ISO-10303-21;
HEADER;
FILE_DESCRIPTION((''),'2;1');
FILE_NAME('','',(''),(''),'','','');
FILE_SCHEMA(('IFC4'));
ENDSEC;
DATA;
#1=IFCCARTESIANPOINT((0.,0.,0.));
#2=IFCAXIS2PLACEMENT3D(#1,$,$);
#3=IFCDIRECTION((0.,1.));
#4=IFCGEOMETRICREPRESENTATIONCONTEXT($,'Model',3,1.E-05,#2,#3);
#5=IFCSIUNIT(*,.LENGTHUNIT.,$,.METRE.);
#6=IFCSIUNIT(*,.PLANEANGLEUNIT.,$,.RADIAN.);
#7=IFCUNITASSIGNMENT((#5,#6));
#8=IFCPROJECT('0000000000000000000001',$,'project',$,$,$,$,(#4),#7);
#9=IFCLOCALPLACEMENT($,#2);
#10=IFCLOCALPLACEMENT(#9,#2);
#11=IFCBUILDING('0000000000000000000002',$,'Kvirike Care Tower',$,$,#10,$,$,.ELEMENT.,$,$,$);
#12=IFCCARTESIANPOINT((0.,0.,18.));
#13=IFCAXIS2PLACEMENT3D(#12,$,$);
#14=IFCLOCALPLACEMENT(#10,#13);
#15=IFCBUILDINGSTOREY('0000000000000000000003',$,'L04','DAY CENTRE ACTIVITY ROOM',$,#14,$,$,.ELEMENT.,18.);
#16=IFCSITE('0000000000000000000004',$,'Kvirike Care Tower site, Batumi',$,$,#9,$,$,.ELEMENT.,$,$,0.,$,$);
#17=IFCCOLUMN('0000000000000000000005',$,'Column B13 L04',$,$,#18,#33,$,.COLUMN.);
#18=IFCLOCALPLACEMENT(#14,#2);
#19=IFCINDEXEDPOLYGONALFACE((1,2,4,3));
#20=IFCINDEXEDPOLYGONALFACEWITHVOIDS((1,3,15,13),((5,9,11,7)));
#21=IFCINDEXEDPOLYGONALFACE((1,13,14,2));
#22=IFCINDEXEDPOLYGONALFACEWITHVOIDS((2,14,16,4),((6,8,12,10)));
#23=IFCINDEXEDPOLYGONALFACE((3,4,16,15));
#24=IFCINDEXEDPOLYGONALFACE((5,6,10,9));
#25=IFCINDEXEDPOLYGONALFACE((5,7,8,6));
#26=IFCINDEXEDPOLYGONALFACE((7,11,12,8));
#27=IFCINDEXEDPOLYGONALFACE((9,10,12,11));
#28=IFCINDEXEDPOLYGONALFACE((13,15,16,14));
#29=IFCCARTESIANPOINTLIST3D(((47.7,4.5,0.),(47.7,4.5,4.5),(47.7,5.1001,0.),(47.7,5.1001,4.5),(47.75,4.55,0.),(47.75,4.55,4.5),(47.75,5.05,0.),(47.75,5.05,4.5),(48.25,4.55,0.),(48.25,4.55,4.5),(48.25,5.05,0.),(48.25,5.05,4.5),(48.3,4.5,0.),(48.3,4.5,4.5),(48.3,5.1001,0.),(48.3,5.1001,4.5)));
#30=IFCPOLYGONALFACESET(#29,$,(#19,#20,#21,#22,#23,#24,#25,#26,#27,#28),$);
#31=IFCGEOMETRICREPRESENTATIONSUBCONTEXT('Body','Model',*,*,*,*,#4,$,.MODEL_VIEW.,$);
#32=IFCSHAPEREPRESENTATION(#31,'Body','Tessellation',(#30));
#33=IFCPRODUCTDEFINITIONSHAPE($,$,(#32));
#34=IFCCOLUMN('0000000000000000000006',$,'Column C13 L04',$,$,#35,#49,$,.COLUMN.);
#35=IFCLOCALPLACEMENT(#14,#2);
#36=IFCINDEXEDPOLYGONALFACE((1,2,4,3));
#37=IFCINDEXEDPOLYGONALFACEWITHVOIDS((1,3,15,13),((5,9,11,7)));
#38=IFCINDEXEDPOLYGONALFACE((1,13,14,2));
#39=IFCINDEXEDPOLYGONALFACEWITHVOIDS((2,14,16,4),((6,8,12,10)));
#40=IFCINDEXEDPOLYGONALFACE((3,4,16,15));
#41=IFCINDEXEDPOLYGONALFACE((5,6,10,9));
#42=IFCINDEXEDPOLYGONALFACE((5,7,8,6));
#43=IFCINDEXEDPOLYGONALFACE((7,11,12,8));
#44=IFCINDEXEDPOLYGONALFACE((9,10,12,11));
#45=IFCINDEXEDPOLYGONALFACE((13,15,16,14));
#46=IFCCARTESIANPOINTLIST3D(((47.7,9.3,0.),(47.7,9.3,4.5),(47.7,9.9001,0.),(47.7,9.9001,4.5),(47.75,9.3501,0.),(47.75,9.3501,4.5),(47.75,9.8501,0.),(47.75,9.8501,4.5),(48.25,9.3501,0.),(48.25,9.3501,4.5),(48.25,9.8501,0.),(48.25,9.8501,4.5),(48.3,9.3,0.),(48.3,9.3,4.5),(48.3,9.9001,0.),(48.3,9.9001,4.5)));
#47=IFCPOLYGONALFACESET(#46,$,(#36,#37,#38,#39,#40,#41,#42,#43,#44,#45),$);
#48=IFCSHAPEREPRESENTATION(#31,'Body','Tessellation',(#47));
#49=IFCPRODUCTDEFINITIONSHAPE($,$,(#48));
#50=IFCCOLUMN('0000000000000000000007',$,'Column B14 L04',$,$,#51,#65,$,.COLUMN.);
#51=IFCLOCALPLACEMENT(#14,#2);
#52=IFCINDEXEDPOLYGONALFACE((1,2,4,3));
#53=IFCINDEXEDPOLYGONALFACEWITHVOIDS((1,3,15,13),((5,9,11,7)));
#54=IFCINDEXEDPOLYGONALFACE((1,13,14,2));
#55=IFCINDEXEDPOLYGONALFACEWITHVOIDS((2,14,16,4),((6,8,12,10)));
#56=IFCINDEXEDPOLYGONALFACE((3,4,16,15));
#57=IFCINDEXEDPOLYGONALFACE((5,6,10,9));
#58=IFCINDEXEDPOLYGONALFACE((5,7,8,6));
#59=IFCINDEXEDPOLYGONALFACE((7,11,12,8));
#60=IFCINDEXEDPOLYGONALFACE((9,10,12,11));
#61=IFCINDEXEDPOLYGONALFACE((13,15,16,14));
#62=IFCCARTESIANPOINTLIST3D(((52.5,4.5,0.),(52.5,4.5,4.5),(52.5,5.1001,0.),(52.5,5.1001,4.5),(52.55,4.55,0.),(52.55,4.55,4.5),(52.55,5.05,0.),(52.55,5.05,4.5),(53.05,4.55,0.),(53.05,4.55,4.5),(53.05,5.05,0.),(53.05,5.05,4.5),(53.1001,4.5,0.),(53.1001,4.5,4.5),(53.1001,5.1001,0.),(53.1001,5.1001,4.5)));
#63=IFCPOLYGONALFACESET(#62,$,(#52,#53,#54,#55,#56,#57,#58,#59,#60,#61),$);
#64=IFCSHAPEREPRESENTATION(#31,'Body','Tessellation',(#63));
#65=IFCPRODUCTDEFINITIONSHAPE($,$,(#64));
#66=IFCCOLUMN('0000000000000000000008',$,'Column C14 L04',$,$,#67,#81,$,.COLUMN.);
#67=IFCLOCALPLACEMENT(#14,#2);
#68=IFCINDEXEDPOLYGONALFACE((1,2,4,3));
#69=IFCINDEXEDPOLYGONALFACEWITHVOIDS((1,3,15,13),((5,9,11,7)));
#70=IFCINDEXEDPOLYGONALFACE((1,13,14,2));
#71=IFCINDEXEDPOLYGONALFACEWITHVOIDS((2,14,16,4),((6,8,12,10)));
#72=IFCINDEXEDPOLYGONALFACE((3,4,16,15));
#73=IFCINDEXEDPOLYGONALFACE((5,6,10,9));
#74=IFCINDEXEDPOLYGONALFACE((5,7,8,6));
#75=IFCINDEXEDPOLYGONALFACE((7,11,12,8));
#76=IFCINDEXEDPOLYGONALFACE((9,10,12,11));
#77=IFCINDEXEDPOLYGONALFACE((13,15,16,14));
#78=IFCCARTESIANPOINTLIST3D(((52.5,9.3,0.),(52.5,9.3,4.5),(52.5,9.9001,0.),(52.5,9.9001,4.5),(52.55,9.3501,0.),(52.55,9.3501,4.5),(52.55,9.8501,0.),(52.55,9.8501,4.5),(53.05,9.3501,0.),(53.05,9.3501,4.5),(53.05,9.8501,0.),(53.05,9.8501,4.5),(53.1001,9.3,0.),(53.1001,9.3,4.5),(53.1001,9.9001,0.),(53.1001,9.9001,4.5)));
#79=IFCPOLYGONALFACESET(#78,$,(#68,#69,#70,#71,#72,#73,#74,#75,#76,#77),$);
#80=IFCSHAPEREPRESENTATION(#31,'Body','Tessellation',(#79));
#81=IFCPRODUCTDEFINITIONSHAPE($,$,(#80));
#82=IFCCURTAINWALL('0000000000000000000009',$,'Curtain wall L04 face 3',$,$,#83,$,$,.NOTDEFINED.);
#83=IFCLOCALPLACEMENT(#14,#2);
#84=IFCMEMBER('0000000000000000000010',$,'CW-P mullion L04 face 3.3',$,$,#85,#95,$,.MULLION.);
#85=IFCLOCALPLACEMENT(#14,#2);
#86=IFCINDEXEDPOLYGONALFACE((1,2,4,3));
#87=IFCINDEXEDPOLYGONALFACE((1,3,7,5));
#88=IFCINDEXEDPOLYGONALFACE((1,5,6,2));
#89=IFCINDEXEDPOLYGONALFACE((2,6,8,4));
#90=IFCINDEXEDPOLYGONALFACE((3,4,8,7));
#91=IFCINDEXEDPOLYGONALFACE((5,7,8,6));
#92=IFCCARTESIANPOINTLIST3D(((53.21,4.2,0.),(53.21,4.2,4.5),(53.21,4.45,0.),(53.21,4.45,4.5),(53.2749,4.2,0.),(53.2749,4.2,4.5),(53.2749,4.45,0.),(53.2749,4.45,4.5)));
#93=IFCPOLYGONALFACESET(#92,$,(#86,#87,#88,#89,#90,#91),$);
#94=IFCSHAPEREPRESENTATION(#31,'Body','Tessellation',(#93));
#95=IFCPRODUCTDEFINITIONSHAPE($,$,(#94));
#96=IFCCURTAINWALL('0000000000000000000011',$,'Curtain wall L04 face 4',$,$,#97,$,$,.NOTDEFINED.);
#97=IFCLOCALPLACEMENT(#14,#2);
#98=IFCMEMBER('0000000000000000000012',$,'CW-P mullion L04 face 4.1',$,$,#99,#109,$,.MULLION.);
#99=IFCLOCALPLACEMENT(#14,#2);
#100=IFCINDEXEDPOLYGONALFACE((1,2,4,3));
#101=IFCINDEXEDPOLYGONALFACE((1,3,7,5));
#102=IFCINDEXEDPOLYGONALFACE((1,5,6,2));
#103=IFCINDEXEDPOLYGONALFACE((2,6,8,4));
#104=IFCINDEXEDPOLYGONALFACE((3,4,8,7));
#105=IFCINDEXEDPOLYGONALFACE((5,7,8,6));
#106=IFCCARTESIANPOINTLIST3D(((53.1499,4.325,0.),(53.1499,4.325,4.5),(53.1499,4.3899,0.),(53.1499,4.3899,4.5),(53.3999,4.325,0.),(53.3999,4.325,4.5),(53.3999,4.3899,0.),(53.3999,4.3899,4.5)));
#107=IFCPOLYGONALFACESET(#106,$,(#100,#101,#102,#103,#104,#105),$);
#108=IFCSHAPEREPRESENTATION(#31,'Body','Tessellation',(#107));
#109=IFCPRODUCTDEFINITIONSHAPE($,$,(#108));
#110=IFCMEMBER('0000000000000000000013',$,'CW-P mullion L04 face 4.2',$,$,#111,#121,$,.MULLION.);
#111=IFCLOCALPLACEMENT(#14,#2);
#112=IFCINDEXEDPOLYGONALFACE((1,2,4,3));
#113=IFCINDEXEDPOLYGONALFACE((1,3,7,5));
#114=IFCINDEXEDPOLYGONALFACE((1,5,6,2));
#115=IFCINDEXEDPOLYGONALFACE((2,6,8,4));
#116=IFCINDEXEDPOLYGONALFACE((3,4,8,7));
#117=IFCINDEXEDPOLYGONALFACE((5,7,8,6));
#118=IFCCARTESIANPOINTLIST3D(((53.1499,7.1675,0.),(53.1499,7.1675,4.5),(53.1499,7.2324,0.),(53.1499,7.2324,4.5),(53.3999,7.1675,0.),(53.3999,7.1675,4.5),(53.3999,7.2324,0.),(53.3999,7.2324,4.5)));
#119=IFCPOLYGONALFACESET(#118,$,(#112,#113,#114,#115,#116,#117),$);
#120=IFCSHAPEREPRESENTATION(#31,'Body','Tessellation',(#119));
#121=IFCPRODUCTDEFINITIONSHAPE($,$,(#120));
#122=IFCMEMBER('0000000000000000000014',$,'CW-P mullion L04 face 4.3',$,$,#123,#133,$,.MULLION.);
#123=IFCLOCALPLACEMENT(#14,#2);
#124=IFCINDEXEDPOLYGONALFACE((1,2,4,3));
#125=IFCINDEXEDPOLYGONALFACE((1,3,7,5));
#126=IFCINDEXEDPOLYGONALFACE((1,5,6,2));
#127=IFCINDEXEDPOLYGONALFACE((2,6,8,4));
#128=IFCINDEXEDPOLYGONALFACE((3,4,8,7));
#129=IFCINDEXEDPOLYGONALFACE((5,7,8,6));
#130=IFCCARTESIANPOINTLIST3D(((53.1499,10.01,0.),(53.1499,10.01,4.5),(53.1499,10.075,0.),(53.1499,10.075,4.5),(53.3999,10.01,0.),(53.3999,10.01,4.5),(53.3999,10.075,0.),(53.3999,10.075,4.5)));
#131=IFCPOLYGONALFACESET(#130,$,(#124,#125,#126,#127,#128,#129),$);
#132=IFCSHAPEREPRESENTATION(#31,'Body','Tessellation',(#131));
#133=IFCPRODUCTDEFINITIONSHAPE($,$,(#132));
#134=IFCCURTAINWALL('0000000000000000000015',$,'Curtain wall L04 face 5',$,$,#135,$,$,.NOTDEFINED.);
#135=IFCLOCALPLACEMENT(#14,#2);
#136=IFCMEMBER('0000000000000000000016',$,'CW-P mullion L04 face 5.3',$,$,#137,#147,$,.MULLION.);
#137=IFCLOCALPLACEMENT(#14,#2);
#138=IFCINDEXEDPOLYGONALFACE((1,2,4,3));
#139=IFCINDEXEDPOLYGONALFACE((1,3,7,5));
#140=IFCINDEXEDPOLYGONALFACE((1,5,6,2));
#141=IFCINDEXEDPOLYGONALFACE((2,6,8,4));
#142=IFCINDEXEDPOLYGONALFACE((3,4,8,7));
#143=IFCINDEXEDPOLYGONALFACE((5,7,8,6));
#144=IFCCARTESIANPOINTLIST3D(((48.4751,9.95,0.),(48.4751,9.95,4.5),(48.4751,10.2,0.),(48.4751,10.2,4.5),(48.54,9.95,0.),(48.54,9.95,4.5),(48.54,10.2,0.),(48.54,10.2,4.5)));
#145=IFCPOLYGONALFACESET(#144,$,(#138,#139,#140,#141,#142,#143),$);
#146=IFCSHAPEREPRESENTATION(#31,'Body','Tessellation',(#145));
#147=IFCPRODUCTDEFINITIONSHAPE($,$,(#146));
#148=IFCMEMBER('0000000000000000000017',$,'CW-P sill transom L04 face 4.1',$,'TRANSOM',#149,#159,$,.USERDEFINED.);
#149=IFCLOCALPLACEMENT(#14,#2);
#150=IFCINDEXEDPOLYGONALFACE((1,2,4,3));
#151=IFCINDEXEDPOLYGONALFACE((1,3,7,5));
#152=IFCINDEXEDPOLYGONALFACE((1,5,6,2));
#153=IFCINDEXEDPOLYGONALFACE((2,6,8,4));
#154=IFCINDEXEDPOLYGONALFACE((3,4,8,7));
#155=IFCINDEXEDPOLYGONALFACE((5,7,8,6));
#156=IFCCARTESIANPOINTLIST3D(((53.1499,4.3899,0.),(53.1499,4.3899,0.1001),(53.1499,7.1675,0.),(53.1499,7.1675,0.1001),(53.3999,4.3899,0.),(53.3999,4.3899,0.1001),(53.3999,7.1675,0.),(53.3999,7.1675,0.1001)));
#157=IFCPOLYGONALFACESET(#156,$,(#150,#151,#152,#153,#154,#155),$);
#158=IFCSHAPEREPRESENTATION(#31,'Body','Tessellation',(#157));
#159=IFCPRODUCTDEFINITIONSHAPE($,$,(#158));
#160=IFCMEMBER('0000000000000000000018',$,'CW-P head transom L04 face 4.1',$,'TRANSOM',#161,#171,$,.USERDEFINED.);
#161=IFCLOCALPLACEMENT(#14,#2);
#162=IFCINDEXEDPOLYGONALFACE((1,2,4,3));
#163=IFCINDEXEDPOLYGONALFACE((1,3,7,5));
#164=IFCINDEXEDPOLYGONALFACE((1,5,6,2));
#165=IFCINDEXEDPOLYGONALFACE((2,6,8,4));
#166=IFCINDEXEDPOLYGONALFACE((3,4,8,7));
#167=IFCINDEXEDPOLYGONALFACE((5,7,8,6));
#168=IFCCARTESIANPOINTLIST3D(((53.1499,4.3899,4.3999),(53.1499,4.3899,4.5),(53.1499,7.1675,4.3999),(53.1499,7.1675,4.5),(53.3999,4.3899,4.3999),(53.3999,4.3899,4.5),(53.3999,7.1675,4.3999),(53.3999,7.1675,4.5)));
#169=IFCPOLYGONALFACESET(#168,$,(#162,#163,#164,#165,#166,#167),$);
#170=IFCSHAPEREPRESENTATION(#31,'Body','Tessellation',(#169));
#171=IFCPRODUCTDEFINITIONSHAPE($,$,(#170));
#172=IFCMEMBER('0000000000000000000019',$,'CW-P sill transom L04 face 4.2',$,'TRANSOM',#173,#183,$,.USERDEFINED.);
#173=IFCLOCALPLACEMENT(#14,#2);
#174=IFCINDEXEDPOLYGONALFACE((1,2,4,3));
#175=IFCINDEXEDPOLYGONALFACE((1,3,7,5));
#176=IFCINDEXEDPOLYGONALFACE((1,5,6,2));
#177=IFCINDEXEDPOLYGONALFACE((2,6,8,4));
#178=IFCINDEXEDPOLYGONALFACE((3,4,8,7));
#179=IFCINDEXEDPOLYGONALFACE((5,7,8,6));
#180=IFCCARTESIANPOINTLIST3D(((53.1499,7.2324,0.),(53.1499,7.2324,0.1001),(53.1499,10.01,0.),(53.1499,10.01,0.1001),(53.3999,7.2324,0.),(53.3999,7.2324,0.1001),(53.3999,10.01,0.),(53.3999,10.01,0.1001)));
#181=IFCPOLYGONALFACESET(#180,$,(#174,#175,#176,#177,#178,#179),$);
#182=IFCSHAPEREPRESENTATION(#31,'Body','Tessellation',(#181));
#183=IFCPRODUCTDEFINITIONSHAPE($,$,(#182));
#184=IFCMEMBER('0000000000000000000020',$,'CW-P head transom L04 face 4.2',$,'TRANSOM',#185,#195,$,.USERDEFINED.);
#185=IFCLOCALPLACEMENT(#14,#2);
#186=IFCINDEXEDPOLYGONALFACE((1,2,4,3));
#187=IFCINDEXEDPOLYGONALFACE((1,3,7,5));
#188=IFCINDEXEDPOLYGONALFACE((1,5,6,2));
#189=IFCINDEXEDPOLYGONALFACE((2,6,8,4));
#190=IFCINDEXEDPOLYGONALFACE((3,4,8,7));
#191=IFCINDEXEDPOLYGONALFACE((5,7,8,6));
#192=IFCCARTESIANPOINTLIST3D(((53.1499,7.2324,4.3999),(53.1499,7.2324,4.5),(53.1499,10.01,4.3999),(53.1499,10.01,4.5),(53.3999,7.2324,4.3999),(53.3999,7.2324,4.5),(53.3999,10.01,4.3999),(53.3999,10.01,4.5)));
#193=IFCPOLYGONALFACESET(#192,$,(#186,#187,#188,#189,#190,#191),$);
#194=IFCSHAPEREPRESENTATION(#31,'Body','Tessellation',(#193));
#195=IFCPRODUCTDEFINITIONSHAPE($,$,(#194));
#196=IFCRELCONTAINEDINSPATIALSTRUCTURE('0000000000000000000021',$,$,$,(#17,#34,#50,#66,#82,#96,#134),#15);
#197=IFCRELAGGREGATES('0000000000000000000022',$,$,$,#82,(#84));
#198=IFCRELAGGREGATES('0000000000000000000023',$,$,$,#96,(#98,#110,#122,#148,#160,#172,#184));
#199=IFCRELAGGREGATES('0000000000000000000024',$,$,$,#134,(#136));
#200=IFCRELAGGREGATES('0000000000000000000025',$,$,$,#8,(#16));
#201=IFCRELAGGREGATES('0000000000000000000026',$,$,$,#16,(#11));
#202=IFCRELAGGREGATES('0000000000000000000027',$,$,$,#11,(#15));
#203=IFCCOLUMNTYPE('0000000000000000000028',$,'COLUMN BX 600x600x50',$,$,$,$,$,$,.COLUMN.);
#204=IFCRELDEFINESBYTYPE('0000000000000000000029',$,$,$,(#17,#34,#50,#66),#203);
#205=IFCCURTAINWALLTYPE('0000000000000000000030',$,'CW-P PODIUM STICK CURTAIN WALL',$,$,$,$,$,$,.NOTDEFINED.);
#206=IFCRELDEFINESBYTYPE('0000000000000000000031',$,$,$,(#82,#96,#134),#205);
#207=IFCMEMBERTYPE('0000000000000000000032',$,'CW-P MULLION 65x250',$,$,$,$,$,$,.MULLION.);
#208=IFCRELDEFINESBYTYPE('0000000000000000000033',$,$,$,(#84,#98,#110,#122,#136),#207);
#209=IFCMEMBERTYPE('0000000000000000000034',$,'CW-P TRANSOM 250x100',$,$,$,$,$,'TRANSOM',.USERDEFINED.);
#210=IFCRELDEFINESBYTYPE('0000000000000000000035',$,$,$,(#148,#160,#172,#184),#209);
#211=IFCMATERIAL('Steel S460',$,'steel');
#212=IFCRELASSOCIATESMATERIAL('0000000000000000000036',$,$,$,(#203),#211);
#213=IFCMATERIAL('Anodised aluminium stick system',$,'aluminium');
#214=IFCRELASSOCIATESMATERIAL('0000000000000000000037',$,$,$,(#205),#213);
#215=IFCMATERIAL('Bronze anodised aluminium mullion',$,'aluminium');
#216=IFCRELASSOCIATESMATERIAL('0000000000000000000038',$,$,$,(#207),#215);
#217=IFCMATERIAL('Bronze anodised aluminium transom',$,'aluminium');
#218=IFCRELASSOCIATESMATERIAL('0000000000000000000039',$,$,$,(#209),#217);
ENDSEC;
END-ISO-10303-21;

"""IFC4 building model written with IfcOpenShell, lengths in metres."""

from ifc_helpers import new_model, si_unit, direction, frame, origin, origin_2d, place, context, subcontext, project, spatial, rectangle, hollow_rectangle, extrude, material, material_profile, profile_set, type_object, element, aggregate, save


model = new_model("IFC4")

# Units and contexts
model_context = context("Model", 3, precision=1e-05, world=origin(), true_north=direction((0.0, 1.0)))
body_context = subcontext(model_context, "Body", "Model", "MODEL_VIEW")
ifc_project = project(units=[si_unit("LENGTHUNIT", "METRE"), si_unit("PLANEANGLEUNIT", "RADIAN")], contexts=[model_context])

# Site, building, storey
site_placement = place(None, origin())
site = spatial("IfcSite", under=ifc_project, at=site_placement, Name="Kvirike Care Tower site, Batumi", CompositionType="ELEMENT", RefElevation=0.0)
building_placement = place(site_placement, origin())
building = spatial("IfcBuilding", under=site, at=building_placement, Name="Kvirike Care Tower", CompositionType="ELEMENT")
storey_placement = place(building_placement, frame((0.0, 0.0, 18.0)))
storey = spatial("IfcBuildingStorey", under=building, at=storey_placement, Name="L04", Description="DAY CENTRE ACTIVITY ROOM", CompositionType="ELEMENT", Elevation=18.0)

# Columns
ifc_material_1 = material(Name="Steel S460", Category="steel")
ifc_material_profile_1 = material_profile(ifc_material_1, hollow_rectangle(XDim=0.6001, YDim=0.6001, WallThickness=0.05, at=origin_2d()), Name="BX 600x600x50")
ifc_profile_set_1 = profile_set([ifc_material_profile_1], Name="Steel S460")
column_type = type_object("IfcColumnType", Name="COLUMN BX 600x600x50", PredefinedType="COLUMN", material=ifc_profile_set_1)
for number, where, z_axis, x_axis, name in (
    (1, (48.0, 4.8, 0.0), (0.0, 0.0, 1.0), (0.0, 1.0, 0.0), "Column B13 L04"),
    (2, (48.0, 9.6001, 0.0), (0.0, 0.0, 1.0), (0.0, 1.0, 0.0), "Column C13 L04"),
    (3, (52.8, 4.8, 0.0), (0.0, 0.0, 1.0), (0.0, 1.0, 0.0), "Column B14 L04"),
    (4, (52.8, 9.6001, 0.0), (0.0, 0.0, 1.0), (0.0, 1.0, 0.0), "Column C14 L04"),
):
    element("IfcColumn", number, at=place(storey_placement, frame(where, z_axis=z_axis, x_axis=x_axis)), inside=storey, type_object=column_type, Name=name, PredefinedType="COLUMN", context=body_context, shape_type="SweptSolid", body=[
        extrude(hollow_rectangle(XDim=0.6001, YDim=0.6001, WallThickness=0.05, at=origin_2d()), origin(), (0.0, 0.0, 1.0), 4.5),
    ])

# Curtain wall, member
ifc_material_2 = material(Name="Anodised aluminium stick system", Category="aluminium")
curtain_wall_type = type_object("IfcCurtainWallType", Name="CW-P PODIUM STICK CURTAIN WALL", PredefinedType="NOTDEFINED", material=ifc_material_2)
curtain_wall_1_placement = place(storey_placement, origin())
curtain_wall_1 = element("IfcCurtainWall", 5, at=curtain_wall_1_placement, inside=storey, type_object=curtain_wall_type, Name="Curtain wall L04 face 3", PredefinedType="NOTDEFINED")
ifc_material_3 = material(Name="Bronze anodised aluminium mullion", Category="aluminium")
ifc_material_profile_2 = material_profile(ifc_material_3, rectangle(XDim=0.0649, YDim=0.25, at=origin_2d()), Name="CW-P MULLION 65x250")
ifc_profile_set_2 = profile_set([ifc_material_profile_2], Name="Bronze anodised aluminium mullion")
member_type_1 = type_object("IfcMemberType", Name="CW-P MULLION 65x250", PredefinedType="MULLION", material=ifc_profile_set_2)
member_1_placement = place(storey_placement, frame((53.2424, 4.325, 0.0), z_axis=(0.0, 0.0, 1.0), x_axis=(1.0, 0.0, 0.0)))
member_1 = element("IfcMember", 6, at=member_1_placement, type_object=member_type_1, Name="CW-P mullion L04 face 3.3", PredefinedType="MULLION", context=body_context, shape_type="SweptSolid", body=[
    extrude(rectangle(XDim=0.0649, YDim=0.25, at=origin_2d()), origin(), (0.0, 0.0, 1.0), 4.5),
])
aggregate(curtain_wall_1, [member_1])

# Curtain wall, members
curtain_wall_2_placement = place(storey_placement, origin())
curtain_wall_2 = element("IfcCurtainWall", 7, at=curtain_wall_2_placement, inside=storey, type_object=curtain_wall_type, Name="Curtain wall L04 face 4", PredefinedType="NOTDEFINED")
member_2_placement = place(storey_placement, frame((53.2749, 4.3574, 0.0), z_axis=(0.0, 0.0, 1.0), x_axis=(0.0, 1.0, 0.0)))
member_2 = element("IfcMember", 8, at=member_2_placement, type_object=member_type_1, Name="CW-P mullion L04 face 4.1", PredefinedType="MULLION", context=body_context, shape_type="SweptSolid", body=[
    extrude(rectangle(XDim=0.0649, YDim=0.25, at=origin_2d()), origin(), (0.0, 0.0, 1.0), 4.5),
])
member_3_placement = place(storey_placement, frame((53.2749, 7.2, 0.0), z_axis=(0.0, 0.0, 1.0), x_axis=(0.0, 1.0, 0.0)))
member_3 = element("IfcMember", 9, at=member_3_placement, type_object=member_type_1, Name="CW-P mullion L04 face 4.2", PredefinedType="MULLION", context=body_context, shape_type="SweptSolid", body=[
    extrude(rectangle(XDim=0.0649, YDim=0.25, at=origin_2d()), origin(), (0.0, 0.0, 1.0), 4.5),
])
member_4_placement = place(storey_placement, frame((53.2749, 10.0425, 0.0), z_axis=(0.0, 0.0, 1.0), x_axis=(0.0, 1.0, 0.0)))
member_4 = element("IfcMember", 10, at=member_4_placement, type_object=member_type_1, Name="CW-P mullion L04 face 4.3", PredefinedType="MULLION", context=body_context, shape_type="SweptSolid", body=[
    extrude(rectangle(XDim=0.0649, YDim=0.25, at=origin_2d()), origin(), (0.0, 0.0, 1.0), 4.5),
])

# Curtain wall, member
curtain_wall_3_placement = place(storey_placement, origin())
curtain_wall_3 = element("IfcCurtainWall", 11, at=curtain_wall_3_placement, inside=storey, type_object=curtain_wall_type, Name="Curtain wall L04 face 5", PredefinedType="NOTDEFINED")
member_5_placement = place(storey_placement, frame((48.5076, 10.075, 0.0), z_axis=(0.0, 0.0, 1.0), x_axis=(-1.0, 0.0, 0.0)))
member_5 = element("IfcMember", 12, at=member_5_placement, type_object=member_type_1, Name="CW-P mullion L04 face 5.3", PredefinedType="MULLION", context=body_context, shape_type="SweptSolid", body=[
    extrude(rectangle(XDim=0.0649, YDim=0.25, at=origin_2d()), origin(), (0.0, 0.0, 1.0), 4.5),
])

# Members
ifc_material_4 = material(Name="Bronze anodised aluminium transom", Category="aluminium")
ifc_material_profile_3 = material_profile(ifc_material_4, rectangle(XDim=0.25, YDim=0.1001, at=origin_2d()), Name="CW-P TRANSOM 250x100")
ifc_profile_set_3 = profile_set([ifc_material_profile_3], Name="Bronze anodised aluminium transom")
member_type_2 = type_object("IfcMemberType", Name="CW-P TRANSOM 250x100", ElementType="TRANSOM", PredefinedType="USERDEFINED", material=ifc_profile_set_3)
member_6_placement = place(storey_placement, frame((53.2749, 4.3899, 0.05), z_axis=(0.0, 1.0, 0.0), x_axis=(-1.0, 0.0, 0.0)))
member_6 = element("IfcMember", 13, at=member_6_placement, type_object=member_type_2, Name="CW-P sill transom L04 face 4.1", ObjectType="TRANSOM", PredefinedType="USERDEFINED", context=body_context, shape_type="SweptSolid", body=[
    extrude(rectangle(XDim=0.25, YDim=0.1001, at=origin_2d()), origin(), (0.0, 0.0, 1.0), 2.7776),
])
member_7_placement = place(storey_placement, frame((53.2749, 4.3899, 4.45), z_axis=(0.0, 1.0, 0.0), x_axis=(-1.0, 0.0, 0.0)))
member_7 = element("IfcMember", 14, at=member_7_placement, type_object=member_type_2, Name="CW-P head transom L04 face 4.1", ObjectType="TRANSOM", PredefinedType="USERDEFINED", context=body_context, shape_type="SweptSolid", body=[
    extrude(rectangle(XDim=0.25, YDim=0.1001, at=origin_2d()), origin(), (0.0, 0.0, 1.0), 2.7776),
])
member_8_placement = place(storey_placement, frame((53.2749, 7.2324, 0.05), z_axis=(0.0, 1.0, 0.0), x_axis=(-1.0, 0.0, 0.0)))
member_8 = element("IfcMember", 15, at=member_8_placement, type_object=member_type_2, Name="CW-P sill transom L04 face 4.2", ObjectType="TRANSOM", PredefinedType="USERDEFINED", context=body_context, shape_type="SweptSolid", body=[
    extrude(rectangle(XDim=0.25, YDim=0.1001, at=origin_2d()), origin(), (0.0, 0.0, 1.0), 2.7776),
])
member_9_placement = place(storey_placement, frame((53.2749, 7.2324, 4.45), z_axis=(0.0, 1.0, 0.0), x_axis=(-1.0, 0.0, 0.0)))
member_9 = element("IfcMember", 16, at=member_9_placement, type_object=member_type_2, Name="CW-P head transom L04 face 4.2", ObjectType="TRANSOM", PredefinedType="USERDEFINED", context=body_context, shape_type="SweptSolid", body=[
    extrude(rectangle(XDim=0.25, YDim=0.1001, at=origin_2d()), origin(), (0.0, 0.0, 1.0), 2.7776),
])

aggregate(curtain_wall_2, [member_2, member_3, member_4, member_6, member_7, member_8, member_9])
aggregate(curtain_wall_3, [member_5])

save(model, "model.ifc")
